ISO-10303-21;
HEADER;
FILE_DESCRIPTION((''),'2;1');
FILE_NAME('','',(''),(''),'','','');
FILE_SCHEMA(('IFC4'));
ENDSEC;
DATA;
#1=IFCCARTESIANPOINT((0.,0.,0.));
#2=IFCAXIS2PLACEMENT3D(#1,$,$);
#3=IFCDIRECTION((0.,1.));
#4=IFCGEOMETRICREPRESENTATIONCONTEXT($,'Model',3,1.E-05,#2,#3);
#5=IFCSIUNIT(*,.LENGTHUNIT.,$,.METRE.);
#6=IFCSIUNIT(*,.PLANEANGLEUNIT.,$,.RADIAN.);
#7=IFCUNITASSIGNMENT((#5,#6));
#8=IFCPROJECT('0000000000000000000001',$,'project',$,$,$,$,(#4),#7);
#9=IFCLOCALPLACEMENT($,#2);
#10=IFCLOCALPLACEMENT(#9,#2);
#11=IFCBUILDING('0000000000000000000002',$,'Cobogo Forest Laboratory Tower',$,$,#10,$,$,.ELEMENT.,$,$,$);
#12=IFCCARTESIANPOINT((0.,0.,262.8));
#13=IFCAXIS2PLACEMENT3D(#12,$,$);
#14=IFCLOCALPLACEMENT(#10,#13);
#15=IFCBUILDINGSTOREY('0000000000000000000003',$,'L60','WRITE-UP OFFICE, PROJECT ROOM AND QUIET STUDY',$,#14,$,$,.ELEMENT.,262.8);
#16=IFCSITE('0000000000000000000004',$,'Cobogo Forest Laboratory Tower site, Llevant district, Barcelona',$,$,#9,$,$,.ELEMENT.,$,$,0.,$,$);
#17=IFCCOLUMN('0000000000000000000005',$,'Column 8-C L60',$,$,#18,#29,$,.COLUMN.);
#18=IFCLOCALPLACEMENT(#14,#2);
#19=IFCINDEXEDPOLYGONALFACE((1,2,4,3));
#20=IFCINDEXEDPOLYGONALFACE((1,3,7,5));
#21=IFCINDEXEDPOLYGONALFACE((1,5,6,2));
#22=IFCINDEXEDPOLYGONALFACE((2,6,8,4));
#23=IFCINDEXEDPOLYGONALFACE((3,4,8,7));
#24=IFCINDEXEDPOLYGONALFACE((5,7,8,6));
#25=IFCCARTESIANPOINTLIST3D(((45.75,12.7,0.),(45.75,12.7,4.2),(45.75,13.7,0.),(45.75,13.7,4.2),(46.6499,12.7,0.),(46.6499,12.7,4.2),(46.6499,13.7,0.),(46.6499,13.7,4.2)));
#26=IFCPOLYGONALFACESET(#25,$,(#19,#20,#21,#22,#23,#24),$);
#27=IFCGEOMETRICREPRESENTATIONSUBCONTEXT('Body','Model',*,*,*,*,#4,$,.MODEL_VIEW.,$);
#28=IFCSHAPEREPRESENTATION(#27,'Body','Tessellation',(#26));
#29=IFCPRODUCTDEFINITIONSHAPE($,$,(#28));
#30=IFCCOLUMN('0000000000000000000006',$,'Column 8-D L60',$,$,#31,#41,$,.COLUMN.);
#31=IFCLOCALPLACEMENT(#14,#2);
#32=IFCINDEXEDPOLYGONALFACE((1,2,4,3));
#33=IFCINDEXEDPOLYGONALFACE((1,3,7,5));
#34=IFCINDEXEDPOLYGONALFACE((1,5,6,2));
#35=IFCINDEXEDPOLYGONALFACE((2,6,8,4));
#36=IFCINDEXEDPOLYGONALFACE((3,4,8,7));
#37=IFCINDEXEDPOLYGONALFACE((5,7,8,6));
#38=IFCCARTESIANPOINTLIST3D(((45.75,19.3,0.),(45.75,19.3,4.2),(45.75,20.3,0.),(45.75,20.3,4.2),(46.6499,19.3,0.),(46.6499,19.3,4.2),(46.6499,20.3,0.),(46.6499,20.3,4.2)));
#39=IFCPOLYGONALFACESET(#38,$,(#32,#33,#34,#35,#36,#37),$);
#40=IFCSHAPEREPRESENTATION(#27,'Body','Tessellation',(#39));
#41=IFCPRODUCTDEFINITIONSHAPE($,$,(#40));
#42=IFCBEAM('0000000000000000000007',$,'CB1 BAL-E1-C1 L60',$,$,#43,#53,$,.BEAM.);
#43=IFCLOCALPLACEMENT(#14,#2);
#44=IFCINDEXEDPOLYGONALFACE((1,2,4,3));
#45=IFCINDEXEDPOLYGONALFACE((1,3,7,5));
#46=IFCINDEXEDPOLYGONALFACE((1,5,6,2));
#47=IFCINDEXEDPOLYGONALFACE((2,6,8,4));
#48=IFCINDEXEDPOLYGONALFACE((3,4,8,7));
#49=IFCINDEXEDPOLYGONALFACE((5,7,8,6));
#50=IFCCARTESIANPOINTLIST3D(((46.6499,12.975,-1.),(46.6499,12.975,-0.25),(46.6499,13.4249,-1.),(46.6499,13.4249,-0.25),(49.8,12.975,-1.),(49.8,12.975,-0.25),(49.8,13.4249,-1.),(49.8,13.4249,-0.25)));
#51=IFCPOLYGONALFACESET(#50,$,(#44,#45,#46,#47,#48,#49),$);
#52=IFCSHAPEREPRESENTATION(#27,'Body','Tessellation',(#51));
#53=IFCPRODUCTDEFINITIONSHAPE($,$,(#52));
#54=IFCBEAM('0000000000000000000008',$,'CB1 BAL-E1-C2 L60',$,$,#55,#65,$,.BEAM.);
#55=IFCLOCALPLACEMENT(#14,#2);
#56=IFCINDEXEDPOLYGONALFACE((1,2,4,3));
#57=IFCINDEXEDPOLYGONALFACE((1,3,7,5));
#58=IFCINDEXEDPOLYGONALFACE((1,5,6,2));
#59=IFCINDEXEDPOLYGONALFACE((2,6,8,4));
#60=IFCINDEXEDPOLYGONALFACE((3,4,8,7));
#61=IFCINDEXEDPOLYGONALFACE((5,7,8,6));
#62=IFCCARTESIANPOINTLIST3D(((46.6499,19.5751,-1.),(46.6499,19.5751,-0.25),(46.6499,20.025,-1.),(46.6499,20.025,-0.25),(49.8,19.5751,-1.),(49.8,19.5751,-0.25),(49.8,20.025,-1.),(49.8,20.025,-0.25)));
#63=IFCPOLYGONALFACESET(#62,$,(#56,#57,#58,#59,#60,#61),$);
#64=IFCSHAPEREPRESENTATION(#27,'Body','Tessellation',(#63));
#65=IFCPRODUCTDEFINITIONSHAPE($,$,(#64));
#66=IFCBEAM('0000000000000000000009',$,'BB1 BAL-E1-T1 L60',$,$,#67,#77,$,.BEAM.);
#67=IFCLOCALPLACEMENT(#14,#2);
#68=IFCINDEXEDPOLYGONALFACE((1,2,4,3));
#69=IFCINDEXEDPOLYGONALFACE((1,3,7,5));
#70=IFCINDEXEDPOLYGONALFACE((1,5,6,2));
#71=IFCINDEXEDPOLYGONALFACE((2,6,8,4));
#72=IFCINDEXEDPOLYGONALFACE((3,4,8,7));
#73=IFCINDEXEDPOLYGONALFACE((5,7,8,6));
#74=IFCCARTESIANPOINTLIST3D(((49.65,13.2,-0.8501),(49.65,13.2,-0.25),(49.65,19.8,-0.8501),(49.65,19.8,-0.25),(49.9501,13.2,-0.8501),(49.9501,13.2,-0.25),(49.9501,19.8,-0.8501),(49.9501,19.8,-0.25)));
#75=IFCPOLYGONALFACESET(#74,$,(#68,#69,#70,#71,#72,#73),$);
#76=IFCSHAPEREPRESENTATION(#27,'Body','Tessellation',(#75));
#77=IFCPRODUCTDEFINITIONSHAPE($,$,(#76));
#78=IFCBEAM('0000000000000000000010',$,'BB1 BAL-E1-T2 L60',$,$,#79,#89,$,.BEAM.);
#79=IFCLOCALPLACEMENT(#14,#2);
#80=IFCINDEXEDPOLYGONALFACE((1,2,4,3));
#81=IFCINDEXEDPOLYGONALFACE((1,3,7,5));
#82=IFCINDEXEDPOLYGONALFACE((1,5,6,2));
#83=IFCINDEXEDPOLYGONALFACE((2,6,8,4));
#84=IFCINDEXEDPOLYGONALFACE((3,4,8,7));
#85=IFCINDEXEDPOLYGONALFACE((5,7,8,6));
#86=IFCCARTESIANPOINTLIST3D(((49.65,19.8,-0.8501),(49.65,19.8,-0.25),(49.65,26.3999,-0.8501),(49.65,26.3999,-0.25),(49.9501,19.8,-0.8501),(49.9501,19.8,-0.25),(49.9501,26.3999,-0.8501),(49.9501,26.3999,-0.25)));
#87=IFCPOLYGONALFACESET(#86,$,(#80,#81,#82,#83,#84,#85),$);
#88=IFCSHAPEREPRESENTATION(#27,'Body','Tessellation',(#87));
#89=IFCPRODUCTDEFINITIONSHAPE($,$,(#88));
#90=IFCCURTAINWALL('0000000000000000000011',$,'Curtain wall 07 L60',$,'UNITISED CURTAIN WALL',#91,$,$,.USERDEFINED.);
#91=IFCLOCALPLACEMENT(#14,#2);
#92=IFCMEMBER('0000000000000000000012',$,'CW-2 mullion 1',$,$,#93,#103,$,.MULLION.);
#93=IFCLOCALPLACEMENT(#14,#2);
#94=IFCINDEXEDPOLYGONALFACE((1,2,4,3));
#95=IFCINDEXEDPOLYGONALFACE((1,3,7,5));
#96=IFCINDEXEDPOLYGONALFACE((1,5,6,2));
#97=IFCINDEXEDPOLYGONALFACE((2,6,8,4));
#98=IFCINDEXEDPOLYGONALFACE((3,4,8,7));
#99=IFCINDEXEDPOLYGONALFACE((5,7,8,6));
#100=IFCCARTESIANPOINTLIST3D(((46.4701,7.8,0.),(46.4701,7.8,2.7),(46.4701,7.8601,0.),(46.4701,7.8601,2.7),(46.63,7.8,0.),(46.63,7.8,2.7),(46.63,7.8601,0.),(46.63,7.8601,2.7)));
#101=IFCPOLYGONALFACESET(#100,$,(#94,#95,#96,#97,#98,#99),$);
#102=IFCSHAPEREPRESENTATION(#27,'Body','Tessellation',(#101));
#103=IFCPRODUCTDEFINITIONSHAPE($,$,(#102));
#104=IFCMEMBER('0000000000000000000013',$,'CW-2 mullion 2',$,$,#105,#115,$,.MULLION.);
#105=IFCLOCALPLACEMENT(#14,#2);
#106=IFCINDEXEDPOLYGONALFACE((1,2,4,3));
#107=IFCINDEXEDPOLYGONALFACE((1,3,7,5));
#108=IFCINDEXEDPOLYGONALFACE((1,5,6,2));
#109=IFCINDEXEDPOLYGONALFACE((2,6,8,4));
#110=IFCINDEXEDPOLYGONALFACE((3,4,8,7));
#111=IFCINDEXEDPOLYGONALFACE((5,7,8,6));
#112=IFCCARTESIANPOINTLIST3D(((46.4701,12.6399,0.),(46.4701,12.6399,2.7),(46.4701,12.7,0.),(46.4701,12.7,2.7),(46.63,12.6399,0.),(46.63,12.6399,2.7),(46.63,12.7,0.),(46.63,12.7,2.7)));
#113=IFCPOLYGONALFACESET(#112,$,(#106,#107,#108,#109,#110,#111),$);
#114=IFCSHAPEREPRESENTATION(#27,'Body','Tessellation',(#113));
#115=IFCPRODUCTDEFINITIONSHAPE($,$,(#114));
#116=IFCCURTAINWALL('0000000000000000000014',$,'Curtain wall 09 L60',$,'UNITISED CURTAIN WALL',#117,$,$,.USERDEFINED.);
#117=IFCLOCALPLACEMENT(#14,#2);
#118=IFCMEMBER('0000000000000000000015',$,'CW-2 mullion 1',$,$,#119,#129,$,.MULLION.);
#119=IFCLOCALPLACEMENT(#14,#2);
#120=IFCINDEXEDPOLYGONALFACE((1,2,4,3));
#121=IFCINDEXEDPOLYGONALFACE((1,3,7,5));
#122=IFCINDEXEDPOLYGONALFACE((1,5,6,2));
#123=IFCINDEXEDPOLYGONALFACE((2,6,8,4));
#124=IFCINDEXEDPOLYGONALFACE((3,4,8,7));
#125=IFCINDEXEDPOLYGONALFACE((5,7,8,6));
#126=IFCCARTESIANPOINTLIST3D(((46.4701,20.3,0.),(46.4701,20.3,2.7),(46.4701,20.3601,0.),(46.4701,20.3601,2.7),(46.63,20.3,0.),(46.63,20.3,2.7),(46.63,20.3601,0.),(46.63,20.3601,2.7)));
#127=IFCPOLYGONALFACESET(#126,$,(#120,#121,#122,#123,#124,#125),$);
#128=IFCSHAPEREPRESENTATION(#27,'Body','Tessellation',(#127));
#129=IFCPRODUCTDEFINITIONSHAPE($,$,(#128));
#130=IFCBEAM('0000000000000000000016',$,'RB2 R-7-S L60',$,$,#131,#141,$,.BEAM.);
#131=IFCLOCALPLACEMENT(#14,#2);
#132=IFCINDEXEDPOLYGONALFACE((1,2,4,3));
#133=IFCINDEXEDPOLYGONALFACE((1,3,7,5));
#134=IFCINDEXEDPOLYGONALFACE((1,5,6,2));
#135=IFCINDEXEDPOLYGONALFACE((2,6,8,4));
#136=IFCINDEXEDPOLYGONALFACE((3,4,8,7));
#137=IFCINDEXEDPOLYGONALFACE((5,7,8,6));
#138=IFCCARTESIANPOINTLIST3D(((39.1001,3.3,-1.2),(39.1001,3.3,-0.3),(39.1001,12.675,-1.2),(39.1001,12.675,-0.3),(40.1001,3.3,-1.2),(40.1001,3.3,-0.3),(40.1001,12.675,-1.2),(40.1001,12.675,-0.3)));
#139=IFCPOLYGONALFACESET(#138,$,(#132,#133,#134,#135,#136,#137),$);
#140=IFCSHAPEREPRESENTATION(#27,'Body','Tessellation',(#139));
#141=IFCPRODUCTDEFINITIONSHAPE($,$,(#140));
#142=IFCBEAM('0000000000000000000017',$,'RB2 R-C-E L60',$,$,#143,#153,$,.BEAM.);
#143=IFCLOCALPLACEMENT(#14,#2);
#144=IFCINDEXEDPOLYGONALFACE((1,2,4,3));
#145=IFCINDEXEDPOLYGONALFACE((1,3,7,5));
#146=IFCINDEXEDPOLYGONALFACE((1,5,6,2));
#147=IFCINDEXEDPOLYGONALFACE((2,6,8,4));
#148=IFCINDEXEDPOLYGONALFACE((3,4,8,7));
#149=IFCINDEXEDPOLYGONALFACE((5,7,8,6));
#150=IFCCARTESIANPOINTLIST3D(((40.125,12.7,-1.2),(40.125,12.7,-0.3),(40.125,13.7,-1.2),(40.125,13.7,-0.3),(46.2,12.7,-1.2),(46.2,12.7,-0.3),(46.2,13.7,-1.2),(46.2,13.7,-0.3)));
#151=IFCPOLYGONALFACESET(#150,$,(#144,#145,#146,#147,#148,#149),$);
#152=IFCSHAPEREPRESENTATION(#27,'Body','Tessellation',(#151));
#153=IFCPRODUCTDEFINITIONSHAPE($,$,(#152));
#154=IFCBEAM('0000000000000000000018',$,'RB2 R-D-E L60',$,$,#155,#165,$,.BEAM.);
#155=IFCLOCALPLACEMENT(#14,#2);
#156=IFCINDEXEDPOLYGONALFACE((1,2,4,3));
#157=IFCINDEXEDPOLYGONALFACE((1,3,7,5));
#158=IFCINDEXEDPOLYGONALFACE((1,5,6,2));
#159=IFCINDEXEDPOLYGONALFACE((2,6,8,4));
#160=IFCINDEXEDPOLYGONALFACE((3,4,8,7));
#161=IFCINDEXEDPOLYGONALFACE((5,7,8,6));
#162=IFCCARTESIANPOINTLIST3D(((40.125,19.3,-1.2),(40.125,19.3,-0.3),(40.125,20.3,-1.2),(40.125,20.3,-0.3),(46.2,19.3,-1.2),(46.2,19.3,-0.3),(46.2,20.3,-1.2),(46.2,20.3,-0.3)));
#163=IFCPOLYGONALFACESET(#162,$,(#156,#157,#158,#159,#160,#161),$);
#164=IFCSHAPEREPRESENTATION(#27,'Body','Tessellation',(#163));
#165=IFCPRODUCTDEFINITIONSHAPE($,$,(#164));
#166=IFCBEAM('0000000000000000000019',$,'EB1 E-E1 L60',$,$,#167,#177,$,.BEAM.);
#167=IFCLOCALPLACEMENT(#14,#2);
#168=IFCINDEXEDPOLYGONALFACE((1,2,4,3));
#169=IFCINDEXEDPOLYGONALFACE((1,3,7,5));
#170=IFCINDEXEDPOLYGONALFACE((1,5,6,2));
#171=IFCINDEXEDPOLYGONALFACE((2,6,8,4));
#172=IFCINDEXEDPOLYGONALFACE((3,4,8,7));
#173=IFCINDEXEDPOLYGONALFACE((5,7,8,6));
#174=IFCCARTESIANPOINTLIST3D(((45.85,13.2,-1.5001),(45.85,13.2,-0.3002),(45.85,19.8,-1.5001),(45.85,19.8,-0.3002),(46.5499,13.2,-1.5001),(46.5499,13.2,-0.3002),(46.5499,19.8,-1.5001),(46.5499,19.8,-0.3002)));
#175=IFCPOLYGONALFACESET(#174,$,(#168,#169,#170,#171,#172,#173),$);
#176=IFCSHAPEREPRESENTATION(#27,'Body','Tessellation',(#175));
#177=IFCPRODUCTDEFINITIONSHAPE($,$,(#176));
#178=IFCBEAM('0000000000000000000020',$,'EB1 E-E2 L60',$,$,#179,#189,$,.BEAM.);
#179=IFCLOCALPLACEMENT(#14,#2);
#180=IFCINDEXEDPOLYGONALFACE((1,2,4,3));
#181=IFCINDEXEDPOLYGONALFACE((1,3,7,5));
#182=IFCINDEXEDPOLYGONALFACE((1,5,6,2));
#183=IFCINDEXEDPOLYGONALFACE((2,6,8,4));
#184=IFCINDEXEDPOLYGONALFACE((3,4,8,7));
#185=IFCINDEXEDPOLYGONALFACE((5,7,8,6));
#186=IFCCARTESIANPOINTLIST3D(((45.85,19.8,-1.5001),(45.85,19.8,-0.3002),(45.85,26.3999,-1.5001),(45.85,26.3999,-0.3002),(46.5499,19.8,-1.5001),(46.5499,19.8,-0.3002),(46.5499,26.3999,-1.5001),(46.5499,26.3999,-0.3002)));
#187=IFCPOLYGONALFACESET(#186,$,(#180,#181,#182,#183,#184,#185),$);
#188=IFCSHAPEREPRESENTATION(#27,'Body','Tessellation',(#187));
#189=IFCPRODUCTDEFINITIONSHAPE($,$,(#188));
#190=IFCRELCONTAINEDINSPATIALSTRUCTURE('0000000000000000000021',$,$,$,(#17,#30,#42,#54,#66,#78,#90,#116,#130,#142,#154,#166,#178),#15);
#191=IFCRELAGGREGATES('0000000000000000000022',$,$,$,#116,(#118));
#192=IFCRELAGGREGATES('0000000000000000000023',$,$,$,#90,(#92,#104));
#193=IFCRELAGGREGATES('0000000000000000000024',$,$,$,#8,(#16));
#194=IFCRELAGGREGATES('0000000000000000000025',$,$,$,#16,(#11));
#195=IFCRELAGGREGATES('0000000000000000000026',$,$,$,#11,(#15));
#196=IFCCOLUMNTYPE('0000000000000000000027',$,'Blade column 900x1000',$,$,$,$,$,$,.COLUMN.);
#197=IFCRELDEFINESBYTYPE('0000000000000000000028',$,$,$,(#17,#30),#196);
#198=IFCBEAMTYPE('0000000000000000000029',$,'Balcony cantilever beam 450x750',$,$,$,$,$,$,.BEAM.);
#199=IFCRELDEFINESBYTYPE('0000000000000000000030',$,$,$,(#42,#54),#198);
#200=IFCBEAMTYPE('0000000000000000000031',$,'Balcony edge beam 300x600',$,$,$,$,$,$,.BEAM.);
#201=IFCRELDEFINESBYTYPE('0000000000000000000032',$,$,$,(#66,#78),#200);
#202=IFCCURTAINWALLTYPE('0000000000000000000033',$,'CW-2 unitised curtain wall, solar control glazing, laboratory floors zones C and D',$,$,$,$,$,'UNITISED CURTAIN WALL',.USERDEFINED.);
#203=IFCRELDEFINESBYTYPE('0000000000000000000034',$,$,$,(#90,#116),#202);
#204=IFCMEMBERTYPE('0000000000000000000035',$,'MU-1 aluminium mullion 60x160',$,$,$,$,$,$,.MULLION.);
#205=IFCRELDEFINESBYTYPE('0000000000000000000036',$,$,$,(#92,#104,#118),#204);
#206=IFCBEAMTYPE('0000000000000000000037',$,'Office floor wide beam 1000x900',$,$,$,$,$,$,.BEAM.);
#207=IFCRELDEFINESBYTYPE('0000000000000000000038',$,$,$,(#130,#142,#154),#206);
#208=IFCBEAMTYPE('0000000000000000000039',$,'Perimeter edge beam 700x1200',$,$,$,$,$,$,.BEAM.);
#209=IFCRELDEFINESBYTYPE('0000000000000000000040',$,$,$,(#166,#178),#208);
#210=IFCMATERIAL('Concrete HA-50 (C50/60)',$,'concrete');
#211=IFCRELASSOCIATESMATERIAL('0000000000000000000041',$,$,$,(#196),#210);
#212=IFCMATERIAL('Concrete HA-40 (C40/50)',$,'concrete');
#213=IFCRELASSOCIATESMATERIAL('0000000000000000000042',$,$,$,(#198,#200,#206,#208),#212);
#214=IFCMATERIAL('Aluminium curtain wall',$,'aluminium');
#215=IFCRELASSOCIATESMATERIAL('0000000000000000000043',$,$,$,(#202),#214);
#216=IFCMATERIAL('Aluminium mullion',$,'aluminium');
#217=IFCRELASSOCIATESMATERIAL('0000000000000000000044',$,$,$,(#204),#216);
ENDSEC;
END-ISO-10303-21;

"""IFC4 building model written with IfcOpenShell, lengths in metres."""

from ifc_helpers import new_model, si_unit, direction, frame, origin, origin_2d, place, context, subcontext, project, spatial, rectangle, extrude, material, material_profile, profile_set, type_object, element, aggregate, save


model = new_model("IFC4")

# Units and contexts
model_context = context("Model", 3, precision=1e-05, world=origin(), true_north=direction((0.0, 1.0)))
body_context = subcontext(model_context, "Body", "Model", "MODEL_VIEW")
ifc_project = project(units=[si_unit("LENGTHUNIT", "METRE"), si_unit("PLANEANGLEUNIT", "RADIAN")], contexts=[model_context])

# Site, building, storey
site_placement = place(None, origin())
site = spatial("IfcSite", under=ifc_project, at=site_placement, Name="Cobogo Forest Laboratory Tower site, Llevant district, Barcelona", CompositionType="ELEMENT", RefElevation=0.0)
building_placement = place(site_placement, origin())
building = spatial("IfcBuilding", under=site, at=building_placement, Name="Cobogo Forest Laboratory Tower", CompositionType="ELEMENT")
storey_placement = place(building_placement, frame((0.0, 0.0, 262.8)))
storey = spatial("IfcBuildingStorey", under=building, at=storey_placement, Name="L60", Description="WRITE-UP OFFICE, PROJECT ROOM AND QUIET STUDY", CompositionType="ELEMENT", Elevation=262.8)

# Columns
ifc_material_1 = material(Name="Concrete HA-50 (C50/60)", Category="concrete")
ifc_material_profile_1 = material_profile(ifc_material_1, rectangle(XDim=1.0, YDim=0.8999, at=origin_2d()), Name="RC 900x1000")
ifc_profile_set_1 = profile_set([ifc_material_profile_1], Name="Concrete HA-50 (C50/60)")
column_type = type_object("IfcColumnType", Name="Blade column 900x1000", PredefinedType="COLUMN", material=ifc_profile_set_1)
for number, where, z_axis, x_axis, name in (
    (1, (46.2, 13.2, 0.0), (0.0, 0.0, 1.0), (0.0, 1.0, 0.0), "Column 8-C L60"),
    (2, (46.2, 19.8, 0.0), (0.0, 0.0, 1.0), (0.0, 1.0, 0.0), "Column 8-D L60"),
):
    element("IfcColumn", number, at=place(storey_placement, frame(where, z_axis=z_axis, x_axis=x_axis)), inside=storey, type_object=column_type, Name=name, PredefinedType="COLUMN", context=body_context, shape_type="SweptSolid", body=[
        extrude(rectangle(XDim=1.0, YDim=0.8999, at=origin_2d()), origin(), (0.0, 0.0, 1.0), 4.2),
    ])

# Beams
ifc_material_2 = material(Name="Concrete HA-40 (C40/50)", Category="concrete")
ifc_material_profile_2 = material_profile(ifc_material_2, rectangle(XDim=0.45, YDim=0.75, at=origin_2d()), Name="RC 450x750")
ifc_profile_set_2 = profile_set([ifc_material_profile_2], Name="Concrete HA-40 (C40/50)")
beam_type_1 = type_object("IfcBeamType", Name="Balcony cantilever beam 450x750", PredefinedType="BEAM", material=ifc_profile_set_2)
for number, where, z_axis, x_axis, name in (
    (3, (46.6499, 13.2, -0.625), (1.0, 0.0, 0.0), (0.0, 1.0, 0.0), "CB1 BAL-E1-C1 L60"),
    (4, (46.6499, 19.8, -0.625), (1.0, 0.0, 0.0), (0.0, 1.0, 0.0), "CB1 BAL-E1-C2 L60"),
):
    element("IfcBeam", number, at=place(storey_placement, frame(where, z_axis=z_axis, x_axis=x_axis)), inside=storey, type_object=beam_type_1, Name=name, PredefinedType="BEAM", context=body_context, shape_type="SweptSolid", body=[
        extrude(rectangle(XDim=0.45, YDim=0.75, at=origin_2d()), origin(), (0.0, 0.0, 1.0), 3.1501),
    ])
ifc_material_profile_3 = material_profile(ifc_material_2, rectangle(XDim=0.3, YDim=0.6001, at=origin_2d()), Name="RC 300x600")
ifc_profile_set_3 = profile_set([ifc_material_profile_3], Name="Concrete HA-40 (C40/50)")
beam_type_2 = type_object("IfcBeamType", Name="Balcony edge beam 300x600", PredefinedType="BEAM", material=ifc_profile_set_3)
beam_1_placement = place(storey_placement, frame((49.8, 13.2, -0.55), z_axis=(0.0, 1.0, 0.0), x_axis=(-1.0, 0.0, 0.0)))
element("IfcBeam", 5, at=beam_1_placement, inside=storey, type_object=beam_type_2, Name="BB1 BAL-E1-T1 L60", PredefinedType="BEAM", context=body_context, shape_type="SweptSolid", body=[
    extrude(rectangle(XDim=0.3, YDim=0.6001, at=origin_2d()), origin(), (0.0, 0.0, 1.0), 6.6001),
])
beam_2_placement = place(storey_placement, frame((49.8, 19.8, -0.55), z_axis=(0.0, 1.0, 0.0), x_axis=(-1.0, 0.0, 0.0)))
element("IfcBeam", 6, at=beam_2_placement, inside=storey, type_object=beam_type_2, Name="BB1 BAL-E1-T2 L60", PredefinedType="BEAM", context=body_context, shape_type="SweptSolid", body=[
    extrude(rectangle(XDim=0.3, YDim=0.6001, at=origin_2d()), origin(), (0.0, 0.0, 1.0), 6.5999),
])

# Curtain wall, members
ifc_material_3 = material(Name="Aluminium curtain wall", Category="aluminium")
curtain_wall_type = type_object("IfcCurtainWallType", Name="CW-2 unitised curtain wall, solar control glazing, laboratory floors zones C and D", ElementType="UNITISED CURTAIN WALL", PredefinedType="USERDEFINED", material=ifc_material_3)
curtain_wall_1_placement = place(storey_placement, origin())
curtain_wall_1 = element("IfcCurtainWall", 7, at=curtain_wall_1_placement, inside=storey, type_object=curtain_wall_type, Name="Curtain wall 07 L60", ObjectType="UNITISED CURTAIN WALL", PredefinedType="USERDEFINED")
ifc_material_4 = material(Name="Aluminium mullion", Category="aluminium")
ifc_material_profile_4 = material_profile(ifc_material_4, rectangle(XDim=0.0601, YDim=0.1599, at=origin_2d()), Name="AL 60x160")
ifc_profile_set_4 = profile_set([ifc_material_profile_4], Name="Aluminium mullion")
member_type_1 = type_object("IfcMemberType", Name="MU-1 aluminium mullion 60x160", PredefinedType="MULLION", material=ifc_profile_set_4)
member_1_placement = place(storey_placement, frame((46.55, 7.8301, 0.0), z_axis=(0.0, 0.0, 1.0), x_axis=(0.0, 1.0, 0.0)))
member_1 = element("IfcMember", 8, at=member_1_placement, type_object=member_type_1, Name="CW-2 mullion 1", PredefinedType="MULLION", context=body_context, shape_type="SweptSolid", body=[
    extrude(rectangle(XDim=0.0601, YDim=0.1599, at=origin_2d()), origin(), (0.0, 0.0, 1.0), 2.7),
])
member_2_placement = place(storey_placement, frame((46.55, 12.6699, 0.0), z_axis=(0.0, 0.0, 1.0), x_axis=(0.0, 1.0, 0.0)))
member_2 = element("IfcMember", 9, at=member_2_placement, type_object=member_type_1, Name="CW-2 mullion 2", PredefinedType="MULLION", context=body_context, shape_type="SweptSolid", body=[
    extrude(rectangle(XDim=0.0601, YDim=0.1599, at=origin_2d()), origin(), (0.0, 0.0, 1.0), 2.7),
])

# Curtain wall, member
curtain_wall_2_placement = place(storey_placement, origin())
curtain_wall_2 = element("IfcCurtainWall", 10, at=curtain_wall_2_placement, inside=storey, type_object=curtain_wall_type, Name="Curtain wall 09 L60", ObjectType="UNITISED CURTAIN WALL", PredefinedType="USERDEFINED")
member_3_placement = place(storey_placement, frame((46.55, 20.3301, 0.0), z_axis=(0.0, 0.0, 1.0), x_axis=(0.0, 1.0, 0.0)))
member_3 = element("IfcMember", 11, at=member_3_placement, type_object=member_type_1, Name="CW-2 mullion 1", PredefinedType="MULLION", context=body_context, shape_type="SweptSolid", body=[
    extrude(rectangle(XDim=0.0601, YDim=0.1599, at=origin_2d()), origin(), (0.0, 0.0, 1.0), 2.7),
])
aggregate(curtain_wall_2, [member_3])

# Beams
ifc_material_profile_5 = material_profile(ifc_material_2, rectangle(XDim=1.0, YDim=0.8999, at=origin_2d()), Name="RC 1000x900")
ifc_profile_set_5 = profile_set([ifc_material_profile_5], Name="Concrete HA-40 (C40/50)")
beam_type_3 = type_object("IfcBeamType", Name="Office floor wide beam 1000x900", PredefinedType="BEAM", material=ifc_profile_set_5)
beam_3_placement = place(storey_placement, frame((39.6001, 12.675, -0.75), z_axis=(0.0, -1.0, 0.0), x_axis=(1.0, 0.0, 0.0)))
element("IfcBeam", 12, at=beam_3_placement, inside=storey, type_object=beam_type_3, Name="RB2 R-7-S L60", PredefinedType="BEAM", context=body_context, shape_type="SweptSolid", body=[
    extrude(rectangle(XDim=1.0, YDim=0.8999, at=origin_2d()), origin(), (0.0, 0.0, 1.0), 9.375),
])
for number, where, z_axis, x_axis, name in (
    (13, (40.125, 13.2, -0.75), (1.0, 0.0, 0.0), (0.0, 1.0, 0.0), "RB2 R-C-E L60"),
    (14, (40.125, 19.8, -0.75), (1.0, 0.0, 0.0), (0.0, 1.0, 0.0), "RB2 R-D-E L60"),
):
    element("IfcBeam", number, at=place(storey_placement, frame(where, z_axis=z_axis, x_axis=x_axis)), inside=storey, type_object=beam_type_3, Name=name, PredefinedType="BEAM", context=body_context, shape_type="SweptSolid", body=[
        extrude(rectangle(XDim=1.0, YDim=0.8999, at=origin_2d()), origin(), (0.0, 0.0, 1.0), 6.075),
    ])
ifc_material_profile_6 = material_profile(ifc_material_2, rectangle(XDim=0.7, YDim=1.2, at=origin_2d()), Name="RC 700x1200")
ifc_profile_set_6 = profile_set([ifc_material_profile_6], Name="Concrete HA-40 (C40/50)")
beam_type_4 = type_object("IfcBeamType", Name="Perimeter edge beam 700x1200", PredefinedType="BEAM", material=ifc_profile_set_6)
beam_4_placement = place(storey_placement, frame((46.2, 13.2, -0.9001), z_axis=(0.0, 1.0, 0.0), x_axis=(-1.0, 0.0, 0.0)))
element("IfcBeam", 15, at=beam_4_placement, inside=storey, type_object=beam_type_4, Name="EB1 E-E1 L60", PredefinedType="BEAM", context=body_context, shape_type="SweptSolid", body=[
    extrude(rectangle(XDim=0.7, YDim=1.2, at=origin_2d()), origin(), (0.0, 0.0, 1.0), 6.6001),
])
beam_5_placement = place(storey_placement, frame((46.2, 19.8, -0.9001), z_axis=(0.0, 1.0, 0.0), x_axis=(-1.0, 0.0, 0.0)))
element("IfcBeam", 16, at=beam_5_placement, inside=storey, type_object=beam_type_4, Name="EB1 E-E2 L60", PredefinedType="BEAM", context=body_context, shape_type="SweptSolid", body=[
    extrude(rectangle(XDim=0.7, YDim=1.2, at=origin_2d()), origin(), (0.0, 0.0, 1.0), 6.5999),
])

aggregate(curtain_wall_1, [member_1, member_2])

save(model, "model.ifc")
